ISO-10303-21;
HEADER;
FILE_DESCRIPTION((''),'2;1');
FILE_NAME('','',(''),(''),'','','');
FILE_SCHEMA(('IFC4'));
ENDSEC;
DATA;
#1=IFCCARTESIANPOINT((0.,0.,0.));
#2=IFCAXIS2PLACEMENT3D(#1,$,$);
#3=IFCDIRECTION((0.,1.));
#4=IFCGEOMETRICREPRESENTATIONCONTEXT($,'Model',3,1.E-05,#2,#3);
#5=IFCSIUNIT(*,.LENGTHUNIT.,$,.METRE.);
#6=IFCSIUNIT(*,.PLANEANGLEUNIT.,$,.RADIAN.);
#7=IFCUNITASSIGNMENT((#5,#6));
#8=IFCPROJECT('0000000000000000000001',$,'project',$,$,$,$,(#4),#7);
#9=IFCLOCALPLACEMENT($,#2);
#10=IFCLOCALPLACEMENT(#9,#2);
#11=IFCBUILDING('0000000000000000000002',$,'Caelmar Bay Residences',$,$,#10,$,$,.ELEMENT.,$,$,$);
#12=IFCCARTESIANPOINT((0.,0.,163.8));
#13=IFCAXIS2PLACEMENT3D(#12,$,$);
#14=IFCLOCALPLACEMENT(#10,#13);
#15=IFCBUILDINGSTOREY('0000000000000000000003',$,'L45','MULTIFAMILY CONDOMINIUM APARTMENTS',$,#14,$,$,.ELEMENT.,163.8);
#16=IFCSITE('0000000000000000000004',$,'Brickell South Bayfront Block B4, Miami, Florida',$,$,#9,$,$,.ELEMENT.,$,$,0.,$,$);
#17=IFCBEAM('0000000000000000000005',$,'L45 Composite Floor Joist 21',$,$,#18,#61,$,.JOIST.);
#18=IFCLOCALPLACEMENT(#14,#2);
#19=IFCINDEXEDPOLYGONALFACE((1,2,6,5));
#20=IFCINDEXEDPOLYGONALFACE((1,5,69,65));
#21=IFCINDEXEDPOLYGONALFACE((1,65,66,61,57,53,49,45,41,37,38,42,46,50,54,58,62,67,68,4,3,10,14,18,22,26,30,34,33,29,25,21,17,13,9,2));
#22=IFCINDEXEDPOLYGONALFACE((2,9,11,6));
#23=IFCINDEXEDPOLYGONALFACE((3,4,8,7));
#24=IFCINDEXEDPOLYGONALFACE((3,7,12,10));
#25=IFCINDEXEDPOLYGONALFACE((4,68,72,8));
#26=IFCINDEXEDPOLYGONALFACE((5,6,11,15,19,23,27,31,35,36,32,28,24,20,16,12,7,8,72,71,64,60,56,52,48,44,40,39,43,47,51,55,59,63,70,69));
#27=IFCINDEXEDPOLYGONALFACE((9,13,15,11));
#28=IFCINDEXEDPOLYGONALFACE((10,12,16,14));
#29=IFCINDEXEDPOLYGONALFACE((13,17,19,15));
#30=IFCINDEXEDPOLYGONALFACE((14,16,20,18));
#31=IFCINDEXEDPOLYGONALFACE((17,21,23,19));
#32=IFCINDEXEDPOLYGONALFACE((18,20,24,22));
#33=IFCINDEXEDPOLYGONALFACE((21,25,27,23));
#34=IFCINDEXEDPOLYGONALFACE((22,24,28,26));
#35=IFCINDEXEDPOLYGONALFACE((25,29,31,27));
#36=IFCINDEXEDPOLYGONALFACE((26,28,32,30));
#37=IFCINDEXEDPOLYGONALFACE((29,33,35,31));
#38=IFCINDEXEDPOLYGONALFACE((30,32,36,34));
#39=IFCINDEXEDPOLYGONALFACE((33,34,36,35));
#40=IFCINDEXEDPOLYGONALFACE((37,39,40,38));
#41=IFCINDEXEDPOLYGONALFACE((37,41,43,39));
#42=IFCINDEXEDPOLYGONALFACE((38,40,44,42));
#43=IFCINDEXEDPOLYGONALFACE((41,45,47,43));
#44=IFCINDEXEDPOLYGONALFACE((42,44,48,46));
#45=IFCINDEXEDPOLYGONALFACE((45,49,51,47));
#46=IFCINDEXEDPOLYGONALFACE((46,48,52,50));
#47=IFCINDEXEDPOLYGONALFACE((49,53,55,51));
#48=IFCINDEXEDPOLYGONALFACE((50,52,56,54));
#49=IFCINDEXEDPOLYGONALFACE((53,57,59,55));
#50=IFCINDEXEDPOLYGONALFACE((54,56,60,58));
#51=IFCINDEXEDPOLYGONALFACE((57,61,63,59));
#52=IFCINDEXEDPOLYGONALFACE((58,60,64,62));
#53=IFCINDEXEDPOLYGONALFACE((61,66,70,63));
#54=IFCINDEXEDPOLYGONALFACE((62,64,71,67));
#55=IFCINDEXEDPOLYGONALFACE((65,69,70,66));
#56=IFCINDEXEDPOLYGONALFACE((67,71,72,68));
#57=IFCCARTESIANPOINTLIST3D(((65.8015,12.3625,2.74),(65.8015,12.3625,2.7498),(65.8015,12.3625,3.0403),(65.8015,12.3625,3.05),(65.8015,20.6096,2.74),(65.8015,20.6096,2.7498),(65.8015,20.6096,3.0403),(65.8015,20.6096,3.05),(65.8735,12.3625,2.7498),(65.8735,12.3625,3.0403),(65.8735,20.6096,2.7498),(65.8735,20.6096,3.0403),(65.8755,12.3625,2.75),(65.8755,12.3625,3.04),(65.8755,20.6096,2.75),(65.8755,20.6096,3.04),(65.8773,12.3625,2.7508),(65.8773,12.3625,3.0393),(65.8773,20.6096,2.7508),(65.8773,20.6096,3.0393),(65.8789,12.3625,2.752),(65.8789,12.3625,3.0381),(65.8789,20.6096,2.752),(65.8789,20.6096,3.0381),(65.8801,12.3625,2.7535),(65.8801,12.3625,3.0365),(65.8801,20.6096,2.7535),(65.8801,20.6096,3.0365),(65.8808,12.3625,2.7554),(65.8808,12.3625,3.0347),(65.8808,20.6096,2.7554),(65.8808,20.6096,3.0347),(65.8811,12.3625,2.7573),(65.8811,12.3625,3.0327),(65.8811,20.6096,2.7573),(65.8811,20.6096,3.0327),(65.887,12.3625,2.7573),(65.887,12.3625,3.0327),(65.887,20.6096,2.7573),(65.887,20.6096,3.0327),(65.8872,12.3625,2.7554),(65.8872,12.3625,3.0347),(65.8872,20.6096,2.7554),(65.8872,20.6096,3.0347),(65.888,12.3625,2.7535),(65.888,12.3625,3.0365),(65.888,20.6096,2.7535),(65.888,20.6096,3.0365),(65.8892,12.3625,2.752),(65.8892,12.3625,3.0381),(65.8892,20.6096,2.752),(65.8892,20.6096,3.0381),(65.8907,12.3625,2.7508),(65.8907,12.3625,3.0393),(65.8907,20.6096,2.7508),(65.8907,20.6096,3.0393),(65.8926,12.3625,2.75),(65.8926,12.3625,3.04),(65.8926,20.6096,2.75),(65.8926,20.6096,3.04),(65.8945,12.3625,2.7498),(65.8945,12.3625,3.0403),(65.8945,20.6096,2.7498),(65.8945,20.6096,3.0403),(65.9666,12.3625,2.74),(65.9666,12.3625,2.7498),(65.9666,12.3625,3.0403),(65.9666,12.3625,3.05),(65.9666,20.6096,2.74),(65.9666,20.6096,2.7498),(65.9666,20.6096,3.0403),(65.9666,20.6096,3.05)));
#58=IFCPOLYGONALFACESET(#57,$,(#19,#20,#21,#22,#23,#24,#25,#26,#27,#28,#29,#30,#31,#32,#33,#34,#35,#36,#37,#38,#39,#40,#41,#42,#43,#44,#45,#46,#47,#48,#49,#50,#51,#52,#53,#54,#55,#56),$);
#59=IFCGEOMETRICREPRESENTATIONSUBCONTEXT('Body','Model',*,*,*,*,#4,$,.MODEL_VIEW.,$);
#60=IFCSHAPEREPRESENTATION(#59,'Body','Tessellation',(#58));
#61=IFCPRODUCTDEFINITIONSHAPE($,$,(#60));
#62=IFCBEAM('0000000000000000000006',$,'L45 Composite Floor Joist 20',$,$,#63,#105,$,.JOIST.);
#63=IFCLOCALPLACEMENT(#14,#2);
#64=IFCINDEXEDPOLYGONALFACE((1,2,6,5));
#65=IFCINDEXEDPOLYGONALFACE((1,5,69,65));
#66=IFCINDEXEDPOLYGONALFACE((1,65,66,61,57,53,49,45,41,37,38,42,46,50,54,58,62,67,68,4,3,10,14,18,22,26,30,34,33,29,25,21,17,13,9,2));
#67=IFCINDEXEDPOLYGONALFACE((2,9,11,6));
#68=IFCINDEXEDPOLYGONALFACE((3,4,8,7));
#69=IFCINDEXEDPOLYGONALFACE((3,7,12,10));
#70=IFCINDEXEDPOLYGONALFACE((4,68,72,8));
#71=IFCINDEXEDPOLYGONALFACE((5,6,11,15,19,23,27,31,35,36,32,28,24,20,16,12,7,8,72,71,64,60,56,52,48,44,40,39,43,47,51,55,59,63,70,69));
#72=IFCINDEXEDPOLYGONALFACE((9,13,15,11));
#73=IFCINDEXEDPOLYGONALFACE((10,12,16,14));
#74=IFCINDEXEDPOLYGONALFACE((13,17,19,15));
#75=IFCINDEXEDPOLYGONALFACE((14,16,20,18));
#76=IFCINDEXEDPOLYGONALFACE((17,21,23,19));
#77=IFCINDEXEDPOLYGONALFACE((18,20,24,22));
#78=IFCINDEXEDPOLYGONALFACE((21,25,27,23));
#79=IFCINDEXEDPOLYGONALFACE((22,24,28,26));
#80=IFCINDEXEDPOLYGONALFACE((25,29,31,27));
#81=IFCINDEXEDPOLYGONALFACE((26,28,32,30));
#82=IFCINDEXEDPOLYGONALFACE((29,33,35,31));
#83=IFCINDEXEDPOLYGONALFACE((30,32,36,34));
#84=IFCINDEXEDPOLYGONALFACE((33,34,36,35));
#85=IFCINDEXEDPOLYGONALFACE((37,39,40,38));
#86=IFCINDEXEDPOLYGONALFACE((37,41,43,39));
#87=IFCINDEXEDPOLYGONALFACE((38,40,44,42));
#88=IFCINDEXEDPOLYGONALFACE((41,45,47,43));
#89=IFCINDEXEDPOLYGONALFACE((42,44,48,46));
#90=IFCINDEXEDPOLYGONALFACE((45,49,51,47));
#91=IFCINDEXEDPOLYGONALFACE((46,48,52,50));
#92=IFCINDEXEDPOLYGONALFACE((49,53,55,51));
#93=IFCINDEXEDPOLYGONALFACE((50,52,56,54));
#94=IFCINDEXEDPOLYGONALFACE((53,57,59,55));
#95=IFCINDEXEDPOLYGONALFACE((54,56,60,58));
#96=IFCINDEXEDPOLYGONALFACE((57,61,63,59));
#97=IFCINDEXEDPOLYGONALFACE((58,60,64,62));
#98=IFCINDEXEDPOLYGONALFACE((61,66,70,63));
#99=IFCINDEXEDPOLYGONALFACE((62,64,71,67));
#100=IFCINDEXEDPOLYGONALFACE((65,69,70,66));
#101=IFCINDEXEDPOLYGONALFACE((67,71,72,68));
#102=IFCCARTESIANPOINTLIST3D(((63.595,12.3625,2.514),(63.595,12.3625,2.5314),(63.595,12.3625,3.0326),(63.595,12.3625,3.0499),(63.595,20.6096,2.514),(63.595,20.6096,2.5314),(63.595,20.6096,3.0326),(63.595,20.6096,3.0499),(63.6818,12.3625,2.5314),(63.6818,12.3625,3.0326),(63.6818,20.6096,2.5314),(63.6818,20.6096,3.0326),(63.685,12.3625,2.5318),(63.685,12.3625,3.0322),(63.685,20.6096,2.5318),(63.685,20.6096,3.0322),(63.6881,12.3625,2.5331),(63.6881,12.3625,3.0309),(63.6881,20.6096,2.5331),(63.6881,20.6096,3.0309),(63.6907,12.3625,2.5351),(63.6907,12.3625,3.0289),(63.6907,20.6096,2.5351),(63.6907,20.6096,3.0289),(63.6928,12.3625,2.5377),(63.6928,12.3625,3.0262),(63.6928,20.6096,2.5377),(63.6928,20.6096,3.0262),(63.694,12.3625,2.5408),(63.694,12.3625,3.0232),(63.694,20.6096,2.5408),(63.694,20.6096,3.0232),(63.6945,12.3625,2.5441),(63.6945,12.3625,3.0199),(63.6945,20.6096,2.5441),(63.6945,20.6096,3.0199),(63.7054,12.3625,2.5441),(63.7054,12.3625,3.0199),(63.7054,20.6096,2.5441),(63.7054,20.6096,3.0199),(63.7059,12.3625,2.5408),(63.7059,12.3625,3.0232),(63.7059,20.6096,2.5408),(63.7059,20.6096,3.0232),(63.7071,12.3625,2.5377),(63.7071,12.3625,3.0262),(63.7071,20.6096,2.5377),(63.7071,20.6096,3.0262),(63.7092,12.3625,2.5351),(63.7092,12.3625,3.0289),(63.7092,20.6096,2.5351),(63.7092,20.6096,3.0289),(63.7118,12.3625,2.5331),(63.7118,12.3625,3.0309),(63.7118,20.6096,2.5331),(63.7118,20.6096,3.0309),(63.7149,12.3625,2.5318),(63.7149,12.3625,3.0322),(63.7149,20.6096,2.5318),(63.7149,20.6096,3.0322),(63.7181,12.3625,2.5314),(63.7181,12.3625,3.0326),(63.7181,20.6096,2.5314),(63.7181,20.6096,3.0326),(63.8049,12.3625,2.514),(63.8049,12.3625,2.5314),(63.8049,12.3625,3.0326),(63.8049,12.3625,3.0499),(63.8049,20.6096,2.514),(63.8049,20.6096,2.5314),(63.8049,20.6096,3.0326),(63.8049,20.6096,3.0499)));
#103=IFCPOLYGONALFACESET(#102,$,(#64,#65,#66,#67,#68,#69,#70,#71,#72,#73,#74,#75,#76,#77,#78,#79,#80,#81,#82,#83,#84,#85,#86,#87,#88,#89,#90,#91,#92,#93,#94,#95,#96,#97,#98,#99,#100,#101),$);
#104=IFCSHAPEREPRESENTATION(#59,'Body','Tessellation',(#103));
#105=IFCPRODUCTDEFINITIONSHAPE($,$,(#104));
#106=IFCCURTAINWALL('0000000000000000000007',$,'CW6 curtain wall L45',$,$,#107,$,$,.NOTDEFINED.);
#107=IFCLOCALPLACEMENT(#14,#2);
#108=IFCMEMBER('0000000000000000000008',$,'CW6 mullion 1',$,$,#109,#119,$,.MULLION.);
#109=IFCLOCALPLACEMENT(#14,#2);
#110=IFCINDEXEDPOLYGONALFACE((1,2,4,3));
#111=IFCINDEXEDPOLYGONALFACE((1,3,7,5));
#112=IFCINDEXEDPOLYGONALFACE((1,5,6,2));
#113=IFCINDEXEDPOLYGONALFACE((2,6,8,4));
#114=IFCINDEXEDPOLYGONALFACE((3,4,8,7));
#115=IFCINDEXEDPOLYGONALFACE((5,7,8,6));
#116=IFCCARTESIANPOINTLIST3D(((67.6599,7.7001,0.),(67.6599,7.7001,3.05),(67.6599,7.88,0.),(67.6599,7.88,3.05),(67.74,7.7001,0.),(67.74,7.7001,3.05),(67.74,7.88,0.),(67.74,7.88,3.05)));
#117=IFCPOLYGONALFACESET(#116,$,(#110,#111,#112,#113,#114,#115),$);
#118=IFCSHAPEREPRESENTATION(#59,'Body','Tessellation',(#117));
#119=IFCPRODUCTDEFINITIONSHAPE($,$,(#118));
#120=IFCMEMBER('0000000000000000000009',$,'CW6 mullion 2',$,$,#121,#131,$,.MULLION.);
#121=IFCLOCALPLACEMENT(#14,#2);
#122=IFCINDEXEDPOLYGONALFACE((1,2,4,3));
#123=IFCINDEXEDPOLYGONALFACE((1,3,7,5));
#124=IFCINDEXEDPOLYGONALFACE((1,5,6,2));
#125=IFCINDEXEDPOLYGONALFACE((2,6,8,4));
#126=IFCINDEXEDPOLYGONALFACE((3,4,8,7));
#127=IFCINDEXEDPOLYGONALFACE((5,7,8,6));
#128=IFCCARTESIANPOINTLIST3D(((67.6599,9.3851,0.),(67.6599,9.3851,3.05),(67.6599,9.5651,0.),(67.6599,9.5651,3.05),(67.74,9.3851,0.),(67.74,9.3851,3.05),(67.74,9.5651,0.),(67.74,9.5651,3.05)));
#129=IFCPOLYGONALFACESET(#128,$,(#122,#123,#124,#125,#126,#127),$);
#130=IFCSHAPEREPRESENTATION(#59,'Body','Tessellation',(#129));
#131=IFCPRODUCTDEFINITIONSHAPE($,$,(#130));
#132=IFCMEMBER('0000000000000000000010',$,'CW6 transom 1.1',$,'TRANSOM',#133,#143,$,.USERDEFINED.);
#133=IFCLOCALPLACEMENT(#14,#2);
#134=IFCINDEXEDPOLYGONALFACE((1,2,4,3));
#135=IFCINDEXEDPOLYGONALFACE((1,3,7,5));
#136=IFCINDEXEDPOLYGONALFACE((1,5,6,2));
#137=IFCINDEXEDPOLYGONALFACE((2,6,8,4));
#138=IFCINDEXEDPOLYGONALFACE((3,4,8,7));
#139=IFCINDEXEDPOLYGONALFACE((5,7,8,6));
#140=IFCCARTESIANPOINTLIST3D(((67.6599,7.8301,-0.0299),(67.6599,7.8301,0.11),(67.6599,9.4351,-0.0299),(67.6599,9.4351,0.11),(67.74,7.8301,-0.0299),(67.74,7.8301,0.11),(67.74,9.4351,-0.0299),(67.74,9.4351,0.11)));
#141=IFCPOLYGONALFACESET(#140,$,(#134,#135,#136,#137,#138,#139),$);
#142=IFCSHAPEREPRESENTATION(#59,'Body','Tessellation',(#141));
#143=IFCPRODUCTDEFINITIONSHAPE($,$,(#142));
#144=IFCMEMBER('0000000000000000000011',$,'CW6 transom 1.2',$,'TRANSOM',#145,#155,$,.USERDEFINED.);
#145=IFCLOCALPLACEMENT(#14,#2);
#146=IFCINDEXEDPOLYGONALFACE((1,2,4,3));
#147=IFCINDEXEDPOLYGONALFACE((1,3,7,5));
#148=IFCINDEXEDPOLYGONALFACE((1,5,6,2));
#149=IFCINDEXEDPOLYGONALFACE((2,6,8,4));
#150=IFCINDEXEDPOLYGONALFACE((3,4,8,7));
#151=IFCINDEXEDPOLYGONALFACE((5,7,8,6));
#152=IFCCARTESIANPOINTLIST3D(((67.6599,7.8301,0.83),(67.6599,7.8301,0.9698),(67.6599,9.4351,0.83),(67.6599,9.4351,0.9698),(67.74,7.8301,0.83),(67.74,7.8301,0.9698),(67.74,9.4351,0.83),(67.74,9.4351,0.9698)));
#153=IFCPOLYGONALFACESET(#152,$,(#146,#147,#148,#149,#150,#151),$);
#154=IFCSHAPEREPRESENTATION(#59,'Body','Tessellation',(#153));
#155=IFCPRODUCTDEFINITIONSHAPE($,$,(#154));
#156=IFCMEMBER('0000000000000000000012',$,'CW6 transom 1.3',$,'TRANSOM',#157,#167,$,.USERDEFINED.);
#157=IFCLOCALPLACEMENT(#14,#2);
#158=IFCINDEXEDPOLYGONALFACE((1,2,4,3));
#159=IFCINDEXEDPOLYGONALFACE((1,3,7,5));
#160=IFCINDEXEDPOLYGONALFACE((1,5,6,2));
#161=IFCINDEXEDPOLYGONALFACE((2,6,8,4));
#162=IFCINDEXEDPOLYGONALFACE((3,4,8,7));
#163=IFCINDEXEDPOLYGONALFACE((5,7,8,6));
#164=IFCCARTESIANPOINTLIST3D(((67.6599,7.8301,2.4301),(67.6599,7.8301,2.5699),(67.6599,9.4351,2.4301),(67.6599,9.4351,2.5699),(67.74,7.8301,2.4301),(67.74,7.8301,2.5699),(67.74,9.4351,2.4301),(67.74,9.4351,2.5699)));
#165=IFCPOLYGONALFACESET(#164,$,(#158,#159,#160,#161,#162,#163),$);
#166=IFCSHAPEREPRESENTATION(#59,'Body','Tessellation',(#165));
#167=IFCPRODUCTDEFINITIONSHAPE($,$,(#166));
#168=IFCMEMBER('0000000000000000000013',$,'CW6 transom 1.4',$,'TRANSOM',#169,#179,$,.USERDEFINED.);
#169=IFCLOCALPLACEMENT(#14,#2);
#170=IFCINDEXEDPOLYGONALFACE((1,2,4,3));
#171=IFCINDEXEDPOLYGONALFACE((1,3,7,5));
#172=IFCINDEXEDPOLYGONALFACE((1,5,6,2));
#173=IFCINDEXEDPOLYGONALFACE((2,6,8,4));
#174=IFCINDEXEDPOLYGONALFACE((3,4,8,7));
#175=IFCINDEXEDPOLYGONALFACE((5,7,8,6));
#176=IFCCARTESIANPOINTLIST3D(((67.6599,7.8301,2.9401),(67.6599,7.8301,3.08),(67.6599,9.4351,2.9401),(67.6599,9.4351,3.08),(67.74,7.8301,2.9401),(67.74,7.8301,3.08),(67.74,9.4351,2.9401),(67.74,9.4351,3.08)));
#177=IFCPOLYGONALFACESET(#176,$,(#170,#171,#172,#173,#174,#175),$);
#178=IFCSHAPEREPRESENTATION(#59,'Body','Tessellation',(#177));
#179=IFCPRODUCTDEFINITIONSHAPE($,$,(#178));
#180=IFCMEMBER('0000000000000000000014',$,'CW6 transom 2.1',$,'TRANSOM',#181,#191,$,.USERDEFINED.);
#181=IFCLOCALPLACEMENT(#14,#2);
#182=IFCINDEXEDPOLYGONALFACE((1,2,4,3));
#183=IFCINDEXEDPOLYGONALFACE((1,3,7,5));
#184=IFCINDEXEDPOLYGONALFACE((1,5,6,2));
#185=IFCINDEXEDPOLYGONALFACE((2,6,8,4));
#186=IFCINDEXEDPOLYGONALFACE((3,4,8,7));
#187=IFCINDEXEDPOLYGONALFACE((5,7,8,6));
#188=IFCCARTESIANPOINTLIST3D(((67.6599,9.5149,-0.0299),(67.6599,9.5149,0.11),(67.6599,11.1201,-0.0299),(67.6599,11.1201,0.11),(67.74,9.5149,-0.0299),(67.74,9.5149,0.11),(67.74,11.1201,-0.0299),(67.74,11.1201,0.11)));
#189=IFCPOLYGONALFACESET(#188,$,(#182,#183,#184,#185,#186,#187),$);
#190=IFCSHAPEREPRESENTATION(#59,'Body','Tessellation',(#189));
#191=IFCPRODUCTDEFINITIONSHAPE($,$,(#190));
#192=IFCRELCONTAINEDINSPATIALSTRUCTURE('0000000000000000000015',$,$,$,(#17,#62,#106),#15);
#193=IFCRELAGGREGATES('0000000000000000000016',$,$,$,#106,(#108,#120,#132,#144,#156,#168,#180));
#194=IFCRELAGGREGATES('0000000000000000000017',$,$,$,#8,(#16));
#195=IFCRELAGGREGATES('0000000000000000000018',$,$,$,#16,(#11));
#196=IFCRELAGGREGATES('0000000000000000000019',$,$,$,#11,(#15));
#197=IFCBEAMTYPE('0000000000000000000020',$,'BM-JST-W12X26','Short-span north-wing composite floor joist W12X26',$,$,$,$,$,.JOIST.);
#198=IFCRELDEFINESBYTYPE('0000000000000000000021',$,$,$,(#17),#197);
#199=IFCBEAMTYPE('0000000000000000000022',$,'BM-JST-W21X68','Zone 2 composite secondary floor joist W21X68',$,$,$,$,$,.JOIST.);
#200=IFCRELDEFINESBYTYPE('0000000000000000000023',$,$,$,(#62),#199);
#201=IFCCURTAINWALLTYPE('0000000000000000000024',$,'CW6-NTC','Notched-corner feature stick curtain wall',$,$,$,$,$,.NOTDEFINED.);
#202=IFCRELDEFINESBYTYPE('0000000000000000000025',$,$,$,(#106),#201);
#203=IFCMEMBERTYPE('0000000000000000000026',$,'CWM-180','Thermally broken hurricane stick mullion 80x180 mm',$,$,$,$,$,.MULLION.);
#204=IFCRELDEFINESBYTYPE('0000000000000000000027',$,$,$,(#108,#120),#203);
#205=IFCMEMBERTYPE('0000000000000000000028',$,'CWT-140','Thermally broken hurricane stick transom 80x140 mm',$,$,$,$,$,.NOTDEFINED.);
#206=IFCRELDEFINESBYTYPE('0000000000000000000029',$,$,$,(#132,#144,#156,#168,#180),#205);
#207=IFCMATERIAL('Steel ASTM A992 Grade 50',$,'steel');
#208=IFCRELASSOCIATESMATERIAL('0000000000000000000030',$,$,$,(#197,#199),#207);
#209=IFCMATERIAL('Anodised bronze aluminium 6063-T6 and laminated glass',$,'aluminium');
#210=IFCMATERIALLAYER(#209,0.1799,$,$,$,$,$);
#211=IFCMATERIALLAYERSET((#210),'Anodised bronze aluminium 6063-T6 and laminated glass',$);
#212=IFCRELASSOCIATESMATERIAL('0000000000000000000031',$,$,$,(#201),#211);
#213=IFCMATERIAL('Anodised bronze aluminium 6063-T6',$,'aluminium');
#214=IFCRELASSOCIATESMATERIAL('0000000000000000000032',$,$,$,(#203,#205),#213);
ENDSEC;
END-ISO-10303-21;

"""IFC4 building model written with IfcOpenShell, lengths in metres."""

from ifc_helpers import new_model, si_unit, direction, frame, origin, origin_2d, place, context, subcontext, project, spatial, rectangle, i_section, extrude, material, layer, layer_set, material_profile, profile_set, type_object, element, aggregate, save


model = new_model("IFC4")

# Units and contexts
model_context = context("Model", 3, precision=1e-05, world=origin(), true_north=direction((0.0, 1.0)))
body_context = subcontext(model_context, "Body", "Model", "MODEL_VIEW")
ifc_project = project(units=[si_unit("LENGTHUNIT", "METRE"), si_unit("PLANEANGLEUNIT", "RADIAN")], contexts=[model_context])

# Site, building, storey
site_placement = place(None, origin())
site = spatial("IfcSite", under=ifc_project, at=site_placement, Name="Brickell South Bayfront Block B4, Miami, Florida", CompositionType="ELEMENT", RefElevation=0.0)
building_placement = place(site_placement, origin())
building = spatial("IfcBuilding", under=site, at=building_placement, Name="Caelmar Bay Residences", CompositionType="ELEMENT")
storey_placement = place(building_placement, frame((0.0, 0.0, 163.8)))
storey = spatial("IfcBuildingStorey", under=building, at=storey_placement, Name="L45", Description="MULTIFAMILY CONDOMINIUM APARTMENTS", CompositionType="ELEMENT", Elevation=163.8)

# Beams
ifc_material_1 = material(Name="Steel ASTM A992 Grade 50", Category="steel")
ifc_material_profile_1 = material_profile(ifc_material_1, i_section(OverallWidth=0.165, OverallDepth=0.3101, WebThickness=0.0059, FlangeThickness=0.0098, FilletRadius=0.0076, at=origin_2d()), Name="W12X26")
ifc_profile_set_1 = profile_set([ifc_material_profile_1], Name="Steel ASTM A992 Grade 50")
beam_type_1 = type_object("IfcBeamType", Name="BM-JST-W12X26", Description="Short-span north-wing composite floor joist W12X26", PredefinedType="JOIST", material=ifc_profile_set_1)
beam_1_placement = place(storey_placement, frame((65.884, 12.3625, 2.895), z_axis=(0.0, 1.0, 0.0), x_axis=(-1.0, 0.0, 0.0)))
element("IfcBeam", 1, at=beam_1_placement, inside=storey, type_object=beam_type_1, Name="L45 Composite Floor Joist 21", PredefinedType="JOIST", context=body_context, shape_type="SweptSolid", body=[
    extrude(i_section(OverallWidth=0.165, OverallDepth=0.3101, WebThickness=0.0059, FlangeThickness=0.0098, FilletRadius=0.0076, at=origin_2d()), origin(), (0.0, 0.0, 1.0), 8.2471),
])
ifc_material_profile_2 = material_profile(ifc_material_1, i_section(OverallWidth=0.21, OverallDepth=0.5359, WebThickness=0.011, FlangeThickness=0.0173, FilletRadius=0.0127, at=origin_2d()), Name="W21X68")
ifc_profile_set_2 = profile_set([ifc_material_profile_2], Name="Steel ASTM A992 Grade 50")
beam_type_2 = type_object("IfcBeamType", Name="BM-JST-W21X68", Description="Zone 2 composite secondary floor joist W21X68", PredefinedType="JOIST", material=ifc_profile_set_2)
beam_2_placement = place(storey_placement, frame((63.7, 12.3625, 2.782), z_axis=(0.0, 1.0, 0.0), x_axis=(-1.0, 0.0, 0.0)))
element("IfcBeam", 2, at=beam_2_placement, inside=storey, type_object=beam_type_2, Name="L45 Composite Floor Joist 20", PredefinedType="JOIST", context=body_context, shape_type="SweptSolid", body=[
    extrude(i_section(OverallWidth=0.21, OverallDepth=0.5359, WebThickness=0.011, FlangeThickness=0.0173, FilletRadius=0.0127, at=origin_2d()), origin(), (0.0, 0.0, 1.0), 8.2471),
])

# Curtain wall, members
ifc_material_2 = material(Name="Anodised bronze aluminium 6063-T6 and laminated glass", Category="aluminium")
ifc_layer_1 = layer(ifc_material_2, 0.1799)
ifc_layer_set_1 = layer_set([ifc_layer_1], Name="Anodised bronze aluminium 6063-T6 and laminated glass")
curtain_wall_type = type_object("IfcCurtainWallType", Name="CW6-NTC", Description="Notched-corner feature stick curtain wall", PredefinedType="NOTDEFINED", material=ifc_layer_set_1)
curtain_wall_placement = place(storey_placement, origin())
curtain_wall = element("IfcCurtainWall", 3, at=curtain_wall_placement, inside=storey, type_object=curtain_wall_type, Name="CW6 curtain wall L45", PredefinedType="NOTDEFINED")
ifc_material_3 = material(Name="Anodised bronze aluminium 6063-T6", Category="aluminium")
ifc_material_profile_3 = material_profile(ifc_material_3, rectangle(XDim=0.0801, YDim=0.1799, at=origin_2d()), Name="CWM-80X180")
ifc_profile_set_3 = profile_set([ifc_material_profile_3], Name="Anodised bronze aluminium 6063-T6")
member_type_1 = type_object("IfcMemberType", Name="CWM-180", Description="Thermally broken hurricane stick mullion 80x180 mm", PredefinedType="MULLION", material=ifc_profile_set_3)
member_1_placement = place(storey_placement, frame((67.7, 7.79, 0.0), z_axis=(0.0, 0.0, 1.0), x_axis=(-1.0, 0.0, 0.0)))
member_1 = element("IfcMember", 4, at=member_1_placement, type_object=member_type_1, Name="CW6 mullion 1", PredefinedType="MULLION", context=body_context, shape_type="SweptSolid", body=[
    extrude(rectangle(XDim=0.0801, YDim=0.1799, at=origin_2d()), origin(), (0.0, 0.0, 1.0), 3.05),
])
member_2_placement = place(storey_placement, frame((67.7, 9.4751, 0.0), z_axis=(0.0, 0.0, 1.0), x_axis=(-1.0, 0.0, 0.0)))
member_2 = element("IfcMember", 5, at=member_2_placement, type_object=member_type_1, Name="CW6 mullion 2", PredefinedType="MULLION", context=body_context, shape_type="SweptSolid", body=[
    extrude(rectangle(XDim=0.0801, YDim=0.1799, at=origin_2d()), origin(), (0.0, 0.0, 1.0), 3.05),
])
ifc_material_profile_4 = material_profile(ifc_material_3, rectangle(XDim=0.0801, YDim=0.1399, at=origin_2d()), Name="CWT-80X140")
ifc_profile_set_4 = profile_set([ifc_material_profile_4], Name="Anodised bronze aluminium 6063-T6")
member_type_2 = type_object("IfcMemberType", Name="CWT-140", Description="Thermally broken hurricane stick transom 80x140 mm", PredefinedType="NOTDEFINED", material=ifc_profile_set_4)
member_3_placement = place(storey_placement, frame((67.7, 7.8301, 0.04), z_axis=(0.0, 1.0, 0.0), x_axis=(-1.0, 0.0, 0.0)))
member_3 = element("IfcMember", 6, at=member_3_placement, type_object=member_type_2, Name="CW6 transom 1.1", ObjectType="TRANSOM", PredefinedType="USERDEFINED", context=body_context, shape_type="SweptSolid", body=[
    extrude(rectangle(XDim=0.0801, YDim=0.1399, at=origin_2d()), origin(), (0.0, 0.0, 1.0), 1.605),
])
member_4_placement = place(storey_placement, frame((67.7, 7.8301, 0.8999), z_axis=(0.0, 1.0, 0.0), x_axis=(-1.0, 0.0, 0.0)))
member_4 = element("IfcMember", 7, at=member_4_placement, type_object=member_type_2, Name="CW6 transom 1.2", ObjectType="TRANSOM", PredefinedType="USERDEFINED", context=body_context, shape_type="SweptSolid", body=[
    extrude(rectangle(XDim=0.0801, YDim=0.1399, at=origin_2d()), origin(), (0.0, 0.0, 1.0), 1.605),
])
member_5_placement = place(storey_placement, frame((67.7, 7.8301, 2.5), z_axis=(0.0, 1.0, 0.0), x_axis=(-1.0, 0.0, 0.0)))
member_5 = element("IfcMember", 8, at=member_5_placement, type_object=member_type_2, Name="CW6 transom 1.3", ObjectType="TRANSOM", PredefinedType="USERDEFINED", context=body_context, shape_type="SweptSolid", body=[
    extrude(rectangle(XDim=0.0801, YDim=0.1399, at=origin_2d()), origin(), (0.0, 0.0, 1.0), 1.605),
])
member_6_placement = place(storey_placement, frame((67.7, 7.8301, 3.01), z_axis=(0.0, 1.0, 0.0), x_axis=(-1.0, 0.0, 0.0)))
member_6 = element("IfcMember", 9, at=member_6_placement, type_object=member_type_2, Name="CW6 transom 1.4", ObjectType="TRANSOM", PredefinedType="USERDEFINED", context=body_context, shape_type="SweptSolid", body=[
    extrude(rectangle(XDim=0.0801, YDim=0.1399, at=origin_2d()), origin(), (0.0, 0.0, 1.0), 1.605),
])
member_7_placement = place(storey_placement, frame((67.7, 9.5149, 0.04), z_axis=(0.0, 1.0, 0.0), x_axis=(-1.0, 0.0, 0.0)))
member_7 = element("IfcMember", 10, at=member_7_placement, type_object=member_type_2, Name="CW6 transom 2.1", ObjectType="TRANSOM", PredefinedType="USERDEFINED", context=body_context, shape_type="SweptSolid", body=[
    extrude(rectangle(XDim=0.0801, YDim=0.1399, at=origin_2d()), origin(), (0.0, 0.0, 1.0), 1.6052),
])
aggregate(curtain_wall, [member_1, member_2, member_3, member_4, member_5, member_6, member_7])

save(model, "model.ifc")
